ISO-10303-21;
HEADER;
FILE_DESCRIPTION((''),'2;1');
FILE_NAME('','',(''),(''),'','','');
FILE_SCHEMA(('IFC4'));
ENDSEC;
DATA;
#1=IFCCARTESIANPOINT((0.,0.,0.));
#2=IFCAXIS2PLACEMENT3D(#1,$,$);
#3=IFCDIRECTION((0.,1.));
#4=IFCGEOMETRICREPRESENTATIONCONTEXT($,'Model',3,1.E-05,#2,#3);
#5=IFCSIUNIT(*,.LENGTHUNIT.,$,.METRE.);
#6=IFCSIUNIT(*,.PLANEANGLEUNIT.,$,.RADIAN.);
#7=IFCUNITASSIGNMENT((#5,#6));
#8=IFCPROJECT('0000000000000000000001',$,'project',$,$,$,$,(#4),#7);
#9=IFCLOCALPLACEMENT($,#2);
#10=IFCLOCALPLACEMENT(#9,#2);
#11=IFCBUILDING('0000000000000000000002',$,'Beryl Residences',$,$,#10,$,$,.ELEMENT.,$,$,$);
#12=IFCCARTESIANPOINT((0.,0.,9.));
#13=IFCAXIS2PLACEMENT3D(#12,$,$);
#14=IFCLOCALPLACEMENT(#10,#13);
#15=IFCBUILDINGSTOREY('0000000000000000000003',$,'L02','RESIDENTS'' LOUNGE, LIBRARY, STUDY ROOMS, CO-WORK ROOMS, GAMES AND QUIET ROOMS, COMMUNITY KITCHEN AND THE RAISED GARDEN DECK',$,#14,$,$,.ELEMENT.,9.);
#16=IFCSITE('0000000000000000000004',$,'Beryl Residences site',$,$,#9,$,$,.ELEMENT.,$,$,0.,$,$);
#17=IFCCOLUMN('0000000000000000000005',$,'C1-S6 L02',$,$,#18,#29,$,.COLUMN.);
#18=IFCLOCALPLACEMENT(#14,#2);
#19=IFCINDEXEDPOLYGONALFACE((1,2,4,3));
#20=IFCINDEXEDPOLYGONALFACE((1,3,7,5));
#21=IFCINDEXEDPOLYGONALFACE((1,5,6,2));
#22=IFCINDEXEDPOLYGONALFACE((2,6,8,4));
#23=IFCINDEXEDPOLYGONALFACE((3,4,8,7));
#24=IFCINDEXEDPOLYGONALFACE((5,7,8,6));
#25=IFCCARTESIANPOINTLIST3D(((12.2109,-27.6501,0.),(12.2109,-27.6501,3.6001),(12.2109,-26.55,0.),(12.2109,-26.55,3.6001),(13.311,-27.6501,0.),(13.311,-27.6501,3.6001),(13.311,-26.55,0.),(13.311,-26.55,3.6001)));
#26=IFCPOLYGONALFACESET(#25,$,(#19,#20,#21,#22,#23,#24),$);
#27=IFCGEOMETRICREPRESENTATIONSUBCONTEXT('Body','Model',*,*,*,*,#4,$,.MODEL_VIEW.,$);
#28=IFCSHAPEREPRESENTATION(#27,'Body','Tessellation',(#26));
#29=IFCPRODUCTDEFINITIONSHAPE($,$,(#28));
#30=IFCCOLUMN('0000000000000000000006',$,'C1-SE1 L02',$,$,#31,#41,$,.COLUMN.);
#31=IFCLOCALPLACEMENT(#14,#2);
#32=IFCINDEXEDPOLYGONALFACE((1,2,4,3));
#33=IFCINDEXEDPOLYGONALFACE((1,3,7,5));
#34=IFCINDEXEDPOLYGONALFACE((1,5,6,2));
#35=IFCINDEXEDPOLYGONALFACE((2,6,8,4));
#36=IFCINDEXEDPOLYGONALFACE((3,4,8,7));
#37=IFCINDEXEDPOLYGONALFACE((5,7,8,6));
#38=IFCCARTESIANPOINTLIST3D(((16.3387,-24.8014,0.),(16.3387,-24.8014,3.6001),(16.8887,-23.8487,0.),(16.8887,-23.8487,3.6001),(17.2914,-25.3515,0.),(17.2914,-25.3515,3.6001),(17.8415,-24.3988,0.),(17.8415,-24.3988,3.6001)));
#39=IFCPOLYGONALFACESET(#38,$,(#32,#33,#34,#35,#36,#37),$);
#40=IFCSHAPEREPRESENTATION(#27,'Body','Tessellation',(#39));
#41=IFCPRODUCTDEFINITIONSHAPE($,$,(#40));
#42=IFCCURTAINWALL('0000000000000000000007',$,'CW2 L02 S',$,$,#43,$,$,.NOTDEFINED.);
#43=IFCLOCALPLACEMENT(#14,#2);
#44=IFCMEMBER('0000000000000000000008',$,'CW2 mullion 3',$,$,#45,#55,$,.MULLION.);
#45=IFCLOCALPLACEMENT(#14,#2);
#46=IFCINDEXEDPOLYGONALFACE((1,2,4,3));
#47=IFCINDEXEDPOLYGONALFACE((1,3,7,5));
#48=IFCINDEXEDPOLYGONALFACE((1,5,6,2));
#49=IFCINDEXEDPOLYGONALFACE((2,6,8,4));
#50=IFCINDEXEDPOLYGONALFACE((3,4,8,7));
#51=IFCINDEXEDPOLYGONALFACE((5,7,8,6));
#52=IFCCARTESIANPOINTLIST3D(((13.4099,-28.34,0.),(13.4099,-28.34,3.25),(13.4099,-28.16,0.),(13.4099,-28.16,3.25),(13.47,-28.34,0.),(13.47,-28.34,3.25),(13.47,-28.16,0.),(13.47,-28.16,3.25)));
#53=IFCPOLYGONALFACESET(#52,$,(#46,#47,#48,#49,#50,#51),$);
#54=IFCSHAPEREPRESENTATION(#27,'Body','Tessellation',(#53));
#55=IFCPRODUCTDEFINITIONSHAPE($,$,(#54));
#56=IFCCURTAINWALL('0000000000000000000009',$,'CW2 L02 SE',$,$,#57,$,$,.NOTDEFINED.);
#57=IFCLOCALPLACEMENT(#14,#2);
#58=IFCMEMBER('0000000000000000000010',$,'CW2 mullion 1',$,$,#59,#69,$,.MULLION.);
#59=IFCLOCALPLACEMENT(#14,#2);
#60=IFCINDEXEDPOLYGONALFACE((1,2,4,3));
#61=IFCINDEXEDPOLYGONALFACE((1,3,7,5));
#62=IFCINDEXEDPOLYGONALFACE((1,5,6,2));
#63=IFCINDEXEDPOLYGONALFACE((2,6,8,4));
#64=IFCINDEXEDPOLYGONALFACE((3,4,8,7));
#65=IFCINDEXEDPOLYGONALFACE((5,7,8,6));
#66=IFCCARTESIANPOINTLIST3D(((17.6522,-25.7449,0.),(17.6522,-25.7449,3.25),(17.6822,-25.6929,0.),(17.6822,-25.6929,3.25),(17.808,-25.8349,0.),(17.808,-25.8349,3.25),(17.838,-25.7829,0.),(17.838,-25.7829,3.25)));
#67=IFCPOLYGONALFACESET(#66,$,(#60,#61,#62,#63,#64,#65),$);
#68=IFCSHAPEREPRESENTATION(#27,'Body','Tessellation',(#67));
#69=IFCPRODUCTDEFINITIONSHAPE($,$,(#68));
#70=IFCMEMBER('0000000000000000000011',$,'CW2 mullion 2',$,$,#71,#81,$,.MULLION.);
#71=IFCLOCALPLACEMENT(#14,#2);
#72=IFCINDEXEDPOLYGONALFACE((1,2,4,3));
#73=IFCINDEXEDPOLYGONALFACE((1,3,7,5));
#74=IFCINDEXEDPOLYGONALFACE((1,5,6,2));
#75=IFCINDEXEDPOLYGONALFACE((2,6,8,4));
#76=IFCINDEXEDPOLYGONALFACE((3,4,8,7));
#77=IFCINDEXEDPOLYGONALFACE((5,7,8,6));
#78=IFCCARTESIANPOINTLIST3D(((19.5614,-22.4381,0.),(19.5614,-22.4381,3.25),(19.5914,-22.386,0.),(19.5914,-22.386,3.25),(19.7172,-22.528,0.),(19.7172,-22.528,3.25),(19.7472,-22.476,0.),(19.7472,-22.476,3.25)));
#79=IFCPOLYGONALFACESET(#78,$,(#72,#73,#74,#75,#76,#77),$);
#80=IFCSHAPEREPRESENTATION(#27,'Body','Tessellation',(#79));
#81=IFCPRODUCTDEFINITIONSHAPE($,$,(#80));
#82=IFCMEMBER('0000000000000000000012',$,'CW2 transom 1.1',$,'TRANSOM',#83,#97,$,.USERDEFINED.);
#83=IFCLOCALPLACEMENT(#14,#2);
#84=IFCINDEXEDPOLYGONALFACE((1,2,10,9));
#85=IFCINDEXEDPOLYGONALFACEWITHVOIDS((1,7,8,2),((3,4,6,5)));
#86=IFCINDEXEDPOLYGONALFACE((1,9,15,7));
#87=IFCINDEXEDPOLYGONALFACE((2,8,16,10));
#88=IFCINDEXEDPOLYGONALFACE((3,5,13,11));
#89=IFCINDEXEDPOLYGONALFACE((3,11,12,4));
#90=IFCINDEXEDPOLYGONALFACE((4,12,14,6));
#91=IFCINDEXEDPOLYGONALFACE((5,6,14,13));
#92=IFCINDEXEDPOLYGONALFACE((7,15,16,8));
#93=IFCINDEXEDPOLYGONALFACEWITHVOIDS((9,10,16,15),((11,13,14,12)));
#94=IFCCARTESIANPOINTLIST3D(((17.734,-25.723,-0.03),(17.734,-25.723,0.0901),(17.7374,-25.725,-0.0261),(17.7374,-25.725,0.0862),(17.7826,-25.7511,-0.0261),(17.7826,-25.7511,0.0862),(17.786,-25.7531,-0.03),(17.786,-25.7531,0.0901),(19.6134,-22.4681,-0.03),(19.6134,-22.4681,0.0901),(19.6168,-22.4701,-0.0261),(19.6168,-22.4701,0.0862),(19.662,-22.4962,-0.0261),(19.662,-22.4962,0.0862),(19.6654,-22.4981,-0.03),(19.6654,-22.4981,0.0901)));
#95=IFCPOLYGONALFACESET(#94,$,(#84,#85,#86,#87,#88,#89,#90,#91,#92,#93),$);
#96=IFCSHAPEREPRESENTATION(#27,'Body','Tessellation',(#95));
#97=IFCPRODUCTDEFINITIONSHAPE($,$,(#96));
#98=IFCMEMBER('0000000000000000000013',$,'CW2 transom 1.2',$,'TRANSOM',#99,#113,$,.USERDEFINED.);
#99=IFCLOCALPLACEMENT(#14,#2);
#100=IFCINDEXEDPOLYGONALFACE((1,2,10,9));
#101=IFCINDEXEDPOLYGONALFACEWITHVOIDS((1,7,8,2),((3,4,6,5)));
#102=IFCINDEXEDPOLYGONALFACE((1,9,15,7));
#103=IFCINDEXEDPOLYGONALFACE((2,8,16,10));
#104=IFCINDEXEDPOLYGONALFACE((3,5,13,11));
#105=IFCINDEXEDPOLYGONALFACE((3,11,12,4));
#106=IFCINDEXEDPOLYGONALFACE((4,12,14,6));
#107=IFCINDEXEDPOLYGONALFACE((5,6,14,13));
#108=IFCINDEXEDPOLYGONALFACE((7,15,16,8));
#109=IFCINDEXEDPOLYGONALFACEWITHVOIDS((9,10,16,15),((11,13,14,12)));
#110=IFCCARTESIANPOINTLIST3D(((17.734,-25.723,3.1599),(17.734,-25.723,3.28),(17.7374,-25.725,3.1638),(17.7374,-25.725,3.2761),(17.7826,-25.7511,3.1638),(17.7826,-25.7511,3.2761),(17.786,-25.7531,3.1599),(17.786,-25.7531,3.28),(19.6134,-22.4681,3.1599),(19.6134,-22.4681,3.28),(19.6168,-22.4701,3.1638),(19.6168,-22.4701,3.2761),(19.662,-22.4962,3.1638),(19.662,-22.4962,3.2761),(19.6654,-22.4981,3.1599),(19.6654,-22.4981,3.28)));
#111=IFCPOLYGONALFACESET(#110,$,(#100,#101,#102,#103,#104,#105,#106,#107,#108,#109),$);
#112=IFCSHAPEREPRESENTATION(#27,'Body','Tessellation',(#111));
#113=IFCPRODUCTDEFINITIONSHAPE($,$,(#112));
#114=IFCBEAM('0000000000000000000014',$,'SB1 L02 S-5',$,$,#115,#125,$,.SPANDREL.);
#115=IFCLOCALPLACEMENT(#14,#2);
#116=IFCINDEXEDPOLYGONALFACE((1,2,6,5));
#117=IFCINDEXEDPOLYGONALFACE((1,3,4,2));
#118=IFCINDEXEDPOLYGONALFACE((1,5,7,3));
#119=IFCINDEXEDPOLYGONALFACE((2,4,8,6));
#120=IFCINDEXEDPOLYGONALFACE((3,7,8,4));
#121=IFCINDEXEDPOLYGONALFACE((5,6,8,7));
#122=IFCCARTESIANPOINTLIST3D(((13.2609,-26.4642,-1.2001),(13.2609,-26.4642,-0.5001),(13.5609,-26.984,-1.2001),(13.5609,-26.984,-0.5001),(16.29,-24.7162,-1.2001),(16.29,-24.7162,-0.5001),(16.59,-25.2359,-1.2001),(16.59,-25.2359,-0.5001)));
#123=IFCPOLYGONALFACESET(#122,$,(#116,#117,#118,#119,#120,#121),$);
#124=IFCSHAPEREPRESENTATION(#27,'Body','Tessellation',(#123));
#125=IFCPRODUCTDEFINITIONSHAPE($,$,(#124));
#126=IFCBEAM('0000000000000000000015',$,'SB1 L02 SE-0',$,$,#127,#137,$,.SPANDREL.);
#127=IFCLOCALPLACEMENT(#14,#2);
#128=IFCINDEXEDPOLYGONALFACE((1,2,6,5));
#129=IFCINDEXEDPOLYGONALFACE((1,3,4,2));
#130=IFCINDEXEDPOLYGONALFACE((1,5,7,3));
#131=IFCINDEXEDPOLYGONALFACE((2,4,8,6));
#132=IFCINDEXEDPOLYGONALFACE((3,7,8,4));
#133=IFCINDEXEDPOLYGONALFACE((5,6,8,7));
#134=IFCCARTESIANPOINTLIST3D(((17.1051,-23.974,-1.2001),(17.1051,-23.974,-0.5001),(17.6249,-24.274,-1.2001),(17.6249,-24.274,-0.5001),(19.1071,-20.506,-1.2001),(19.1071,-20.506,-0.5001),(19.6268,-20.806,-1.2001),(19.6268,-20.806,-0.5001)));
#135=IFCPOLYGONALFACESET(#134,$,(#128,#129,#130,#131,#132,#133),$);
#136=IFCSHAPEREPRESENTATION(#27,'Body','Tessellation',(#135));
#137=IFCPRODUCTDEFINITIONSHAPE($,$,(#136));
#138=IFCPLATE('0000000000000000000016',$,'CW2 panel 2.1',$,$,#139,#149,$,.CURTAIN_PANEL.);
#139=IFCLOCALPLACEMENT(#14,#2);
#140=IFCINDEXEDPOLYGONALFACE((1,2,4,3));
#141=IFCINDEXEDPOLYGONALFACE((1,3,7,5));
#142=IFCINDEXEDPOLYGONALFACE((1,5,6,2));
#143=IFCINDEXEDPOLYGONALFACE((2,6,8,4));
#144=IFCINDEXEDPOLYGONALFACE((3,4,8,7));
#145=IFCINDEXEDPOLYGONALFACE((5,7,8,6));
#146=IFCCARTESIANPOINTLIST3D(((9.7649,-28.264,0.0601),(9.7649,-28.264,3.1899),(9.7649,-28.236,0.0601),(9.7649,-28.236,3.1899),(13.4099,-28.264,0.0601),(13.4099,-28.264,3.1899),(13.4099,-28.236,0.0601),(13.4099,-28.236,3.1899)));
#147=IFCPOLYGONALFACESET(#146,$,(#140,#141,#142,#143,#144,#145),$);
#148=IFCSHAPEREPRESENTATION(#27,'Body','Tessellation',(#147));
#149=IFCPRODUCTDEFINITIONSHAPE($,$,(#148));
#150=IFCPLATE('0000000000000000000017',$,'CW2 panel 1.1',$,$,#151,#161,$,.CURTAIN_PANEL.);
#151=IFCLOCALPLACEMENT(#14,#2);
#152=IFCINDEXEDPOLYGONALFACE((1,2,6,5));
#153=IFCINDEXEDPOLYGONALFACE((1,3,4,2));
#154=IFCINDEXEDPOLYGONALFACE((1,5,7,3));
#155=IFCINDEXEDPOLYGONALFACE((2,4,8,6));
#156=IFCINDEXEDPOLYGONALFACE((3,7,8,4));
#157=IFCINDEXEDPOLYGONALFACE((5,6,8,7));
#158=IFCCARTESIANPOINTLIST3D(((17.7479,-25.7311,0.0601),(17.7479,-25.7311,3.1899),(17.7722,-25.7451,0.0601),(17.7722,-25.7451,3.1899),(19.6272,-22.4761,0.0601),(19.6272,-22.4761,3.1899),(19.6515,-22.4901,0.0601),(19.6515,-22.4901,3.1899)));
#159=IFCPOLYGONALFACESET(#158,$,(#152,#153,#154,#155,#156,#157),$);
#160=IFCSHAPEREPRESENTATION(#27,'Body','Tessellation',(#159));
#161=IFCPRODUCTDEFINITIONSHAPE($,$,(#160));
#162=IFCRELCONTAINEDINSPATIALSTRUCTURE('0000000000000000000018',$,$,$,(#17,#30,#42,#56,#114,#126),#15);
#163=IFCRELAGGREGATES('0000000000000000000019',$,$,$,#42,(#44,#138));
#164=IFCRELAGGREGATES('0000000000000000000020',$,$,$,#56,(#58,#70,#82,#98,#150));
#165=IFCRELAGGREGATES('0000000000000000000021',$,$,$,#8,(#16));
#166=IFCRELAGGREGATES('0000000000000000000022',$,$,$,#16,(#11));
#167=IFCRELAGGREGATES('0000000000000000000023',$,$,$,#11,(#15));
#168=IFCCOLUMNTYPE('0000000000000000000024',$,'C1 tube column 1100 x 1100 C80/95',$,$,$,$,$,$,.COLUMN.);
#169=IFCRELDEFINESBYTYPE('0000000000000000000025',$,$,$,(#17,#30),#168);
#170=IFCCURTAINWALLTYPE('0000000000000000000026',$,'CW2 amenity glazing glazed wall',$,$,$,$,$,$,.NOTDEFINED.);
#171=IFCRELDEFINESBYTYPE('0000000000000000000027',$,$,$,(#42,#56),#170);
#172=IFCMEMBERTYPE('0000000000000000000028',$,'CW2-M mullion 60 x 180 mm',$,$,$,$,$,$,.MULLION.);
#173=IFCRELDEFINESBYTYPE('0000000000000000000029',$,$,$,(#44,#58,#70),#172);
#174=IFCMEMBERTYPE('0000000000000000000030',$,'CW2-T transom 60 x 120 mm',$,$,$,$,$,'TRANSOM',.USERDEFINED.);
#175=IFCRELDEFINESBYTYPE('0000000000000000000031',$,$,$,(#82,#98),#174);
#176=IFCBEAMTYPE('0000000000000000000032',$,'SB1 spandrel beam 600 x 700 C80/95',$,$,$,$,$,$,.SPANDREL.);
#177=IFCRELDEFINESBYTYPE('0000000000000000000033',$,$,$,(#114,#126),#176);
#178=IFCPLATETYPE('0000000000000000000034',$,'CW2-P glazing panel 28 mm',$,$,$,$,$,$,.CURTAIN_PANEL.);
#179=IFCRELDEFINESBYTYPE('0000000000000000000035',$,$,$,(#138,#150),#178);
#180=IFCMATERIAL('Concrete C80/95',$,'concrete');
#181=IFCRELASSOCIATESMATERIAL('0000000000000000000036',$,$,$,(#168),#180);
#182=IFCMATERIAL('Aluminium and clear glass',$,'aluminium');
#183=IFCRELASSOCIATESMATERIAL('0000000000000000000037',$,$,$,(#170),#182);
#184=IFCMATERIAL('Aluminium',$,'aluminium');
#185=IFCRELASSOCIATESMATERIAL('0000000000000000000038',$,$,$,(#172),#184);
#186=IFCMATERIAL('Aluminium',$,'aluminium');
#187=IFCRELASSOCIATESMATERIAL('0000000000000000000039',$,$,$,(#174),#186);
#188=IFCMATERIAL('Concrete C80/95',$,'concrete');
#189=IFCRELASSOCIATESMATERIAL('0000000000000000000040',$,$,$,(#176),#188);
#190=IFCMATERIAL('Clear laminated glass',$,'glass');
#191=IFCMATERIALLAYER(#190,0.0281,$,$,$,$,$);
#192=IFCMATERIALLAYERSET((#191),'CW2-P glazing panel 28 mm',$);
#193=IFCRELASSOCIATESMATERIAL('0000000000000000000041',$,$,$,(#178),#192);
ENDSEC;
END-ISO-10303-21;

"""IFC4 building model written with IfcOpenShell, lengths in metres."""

from ifc_helpers import new_model, si_unit, direction, frame, origin, origin_2d, place, context, subcontext, project, spatial, rectangle, hollow_rectangle, extrude, material, layer, layer_set, material_profile, profile_set, type_object, element, aggregate, save


model = new_model("IFC4")

# Units and contexts
model_context = context("Model", 3, precision=1e-05, world=origin(), true_north=direction((0.0, 1.0)))
body_context = subcontext(model_context, "Body", "Model", "MODEL_VIEW")
ifc_project = project(units=[si_unit("LENGTHUNIT", "METRE"), si_unit("PLANEANGLEUNIT", "RADIAN")], contexts=[model_context])

# Site, building, storey
site_placement = place(None, origin())
site = spatial("IfcSite", under=ifc_project, at=site_placement, Name="Beryl Residences site", CompositionType="ELEMENT", RefElevation=0.0)
building_placement = place(site_placement, origin())
building = spatial("IfcBuilding", under=site, at=building_placement, Name="Beryl Residences", CompositionType="ELEMENT")
storey_placement = place(building_placement, frame((0.0, 0.0, 9.0)))
storey = spatial("IfcBuildingStorey", under=building, at=storey_placement, Name="L02", Description="RESIDENTS' LOUNGE, LIBRARY, STUDY ROOMS, CO-WORK ROOMS, GAMES AND QUIET ROOMS, COMMUNITY KITCHEN AND THE RAISED GARDEN DECK", CompositionType="ELEMENT", Elevation=9.0)

# Columns
ifc_material_1 = material(Name="Concrete C80/95", Category="concrete")
ifc_material_profile_1 = material_profile(ifc_material_1, rectangle(XDim=1.1001, YDim=1.1001, at=origin_2d()))
ifc_profile_set_1 = profile_set([ifc_material_profile_1], Name="Concrete C80/95")
column_type = type_object("IfcColumnType", Name="C1 tube column 1100 x 1100 C80/95", PredefinedType="COLUMN", material=ifc_profile_set_1)
for number, where, z_axis, x_axis, name in (
    (1, (12.761, -27.1001, 0.0), (0.0, 0.0, 1.0), (1.0, 0.0, 0.0), "C1-S6 L02"),
    (2, (17.0901, -24.6001, 0.0), (0.0, 0.0, 1.0), (0.499985, 0.866034, 0.0), "C1-SE1 L02"),
):
    element("IfcColumn", number, at=place(storey_placement, frame(where, z_axis=z_axis, x_axis=x_axis)), inside=storey, type_object=column_type, Name=name, PredefinedType="COLUMN", context=body_context, shape_type="SweptSolid", body=[
        extrude(rectangle(XDim=1.1001, YDim=1.1001, at=origin_2d()), origin(), (0.0, 0.0, 1.0), 3.6001),
    ])

# Curtain wall, member
ifc_material_2 = material(Name="Aluminium and clear glass", Category="aluminium")
curtain_wall_type = type_object("IfcCurtainWallType", Name="CW2 amenity glazing glazed wall", PredefinedType="NOTDEFINED", material=ifc_material_2)
curtain_wall_1_placement = place(storey_placement, origin())
curtain_wall_1 = element("IfcCurtainWall", 3, at=curtain_wall_1_placement, inside=storey, type_object=curtain_wall_type, Name="CW2 L02 S", PredefinedType="NOTDEFINED")
ifc_material_3 = material(Name="Aluminium", Category="aluminium")
ifc_material_profile_2 = material_profile(ifc_material_3, rectangle(XDim=0.0601, YDim=0.1799, at=origin_2d()))
ifc_profile_set_2 = profile_set([ifc_material_profile_2], Name="Aluminium")
member_type_1 = type_object("IfcMemberType", Name="CW2-M mullion 60 x 180 mm", PredefinedType="MULLION", material=ifc_profile_set_2)
member_1_placement = place(storey_placement, frame((13.4399, -28.25, 0.0), z_axis=(0.0, 0.0, 1.0), x_axis=(1.0, 0.0, 0.0)))
member_1 = element("IfcMember", 4, at=member_1_placement, type_object=member_type_1, Name="CW2 mullion 3", PredefinedType="MULLION", context=body_context, shape_type="SweptSolid", body=[
    extrude(rectangle(XDim=0.0601, YDim=0.1799, at=origin_2d()), origin(), (0.0, 0.0, 1.0), 3.25),
])

# Curtain wall, members
curtain_wall_2_placement = place(storey_placement, origin())
curtain_wall_2 = element("IfcCurtainWall", 5, at=curtain_wall_2_placement, inside=storey, type_object=curtain_wall_type, Name="CW2 L02 SE", PredefinedType="NOTDEFINED")
member_2_placement = place(storey_placement, frame((17.7451, -25.7639, 0.0), z_axis=(0.0, 0.0, 1.0), x_axis=(0.500012, 0.866019, 0.0)))
member_2 = element("IfcMember", 6, at=member_2_placement, type_object=member_type_1, Name="CW2 mullion 1", PredefinedType="MULLION", context=body_context, shape_type="SweptSolid", body=[
    extrude(rectangle(XDim=0.0601, YDim=0.1799, at=origin_2d()), origin(), (0.0, 0.0, 1.0), 3.25),
])
member_3_placement = place(storey_placement, frame((19.6543, -22.457, 0.0), z_axis=(0.0, 0.0, 1.0), x_axis=(0.500012, 0.866019, 0.0)))
member_3 = element("IfcMember", 7, at=member_3_placement, type_object=member_type_1, Name="CW2 mullion 2", PredefinedType="MULLION", context=body_context, shape_type="SweptSolid", body=[
    extrude(rectangle(XDim=0.0601, YDim=0.1799, at=origin_2d()), origin(), (0.0, 0.0, 1.0), 3.25),
])
ifc_material_4 = material(Name="Aluminium", Category="aluminium")
ifc_material_profile_3 = material_profile(ifc_material_4, hollow_rectangle(XDim=0.0601, YDim=0.1201, WallThickness=0.0039, at=origin_2d()))
ifc_profile_set_3 = profile_set([ifc_material_profile_3], Name="Aluminium")
member_type_2 = type_object("IfcMemberType", Name="CW2-T transom 60 x 120 mm", ElementType="TRANSOM", PredefinedType="USERDEFINED", material=ifc_profile_set_3)
member_4_placement = place(storey_placement, frame((17.76, -25.738, 0.03), z_axis=(0.500037, 0.866004, 0.0), x_axis=(-0.866004, 0.500037, 0.0)))
member_4 = element("IfcMember", 8, at=member_4_placement, type_object=member_type_2, Name="CW2 transom 1.1", ObjectType="TRANSOM", PredefinedType="USERDEFINED", context=body_context, shape_type="SweptSolid", body=[
    extrude(hollow_rectangle(XDim=0.0601, YDim=0.1201, WallThickness=0.0039, at=origin_2d()), origin(), (0.0, 0.0, 1.0), 3.7585),
])
member_5_placement = place(storey_placement, frame((17.76, -25.738, 3.22), z_axis=(0.500037, 0.866004, 0.0), x_axis=(-0.866004, 0.500037, 0.0)))
member_5 = element("IfcMember", 9, at=member_5_placement, type_object=member_type_2, Name="CW2 transom 1.2", ObjectType="TRANSOM", PredefinedType="USERDEFINED", context=body_context, shape_type="SweptSolid", body=[
    extrude(hollow_rectangle(XDim=0.0601, YDim=0.1201, WallThickness=0.0039, at=origin_2d()), origin(), (0.0, 0.0, 1.0), 3.7585),
])

# Beams
ifc_material_5 = material(Name="Concrete C80/95", Category="concrete")
ifc_material_profile_4 = material_profile(ifc_material_5, rectangle(XDim=0.6001, YDim=0.7, at=origin_2d()))
ifc_profile_set_4 = profile_set([ifc_material_profile_4], Name="Concrete C80/95")
beam_type = type_object("IfcBeamType", Name="SB1 spandrel beam 600 x 700 C80/95", PredefinedType="SPANDREL", material=ifc_profile_set_4)
beam_1_placement = place(storey_placement, frame((13.4109, -26.7241, -0.8501), z_axis=(0.866122, 0.499833, 0.0), x_axis=(-0.499833, 0.866122, 0.0)))
element("IfcBeam", 10, at=beam_1_placement, inside=storey, type_object=beam_type, Name="SB1 L02 S-5", PredefinedType="SPANDREL", context=body_context, shape_type="SweptSolid", body=[
    extrude(rectangle(XDim=0.6001, YDim=0.7, at=origin_2d()), origin(), (0.0, 0.0, 1.0), 3.4973),
])
beam_2_placement = place(storey_placement, frame((17.365, -24.124, -0.8501), z_axis=(0.499942, 0.866059, 0.0), x_axis=(-0.866059, 0.499942, 0.0)))
element("IfcBeam", 11, at=beam_2_placement, inside=storey, type_object=beam_type, Name="SB1 L02 SE-0", PredefinedType="SPANDREL", context=body_context, shape_type="SweptSolid", body=[
    extrude(rectangle(XDim=0.6001, YDim=0.7, at=origin_2d()), origin(), (0.0, 0.0, 1.0), 4.0044),
])

# Plates
ifc_material_6 = material(Name="Clear laminated glass", Category="glass")
ifc_layer_1 = layer(ifc_material_6, 0.0281)
ifc_layer_set_1 = layer_set([ifc_layer_1], Name="CW2-P glazing panel 28 mm")
plate_type = type_object("IfcPlateType", Name="CW2-P glazing panel 28 mm", PredefinedType="CURTAIN_PANEL", material=ifc_layer_set_1)
plate_1_placement = place(storey_placement, frame((11.5874, -28.25, 0.0601), z_axis=(0.0, 0.0, 1.0), x_axis=(1.0, 0.0, 0.0)))
plate_1 = element("IfcPlate", 12, at=plate_1_placement, type_object=plate_type, Name="CW2 panel 2.1", PredefinedType="CURTAIN_PANEL", context=body_context, shape_type="SweptSolid", body=[
    extrude(rectangle(XDim=3.645, YDim=0.0281, at=origin_2d()), origin(), (0.0, 0.0, 1.0), 3.1299),
])
aggregate(curtain_wall_1, [member_1, plate_1])
plate_2_placement = place(storey_placement, frame((18.6997, -24.1106, 0.0601), z_axis=(0.0, 0.0, 1.0), x_axis=(0.500012, 0.866019, 0.0)))
plate_2 = element("IfcPlate", 13, at=plate_2_placement, type_object=plate_type, Name="CW2 panel 1.1", PredefinedType="CURTAIN_PANEL", context=body_context, shape_type="SweptSolid", body=[
    extrude(rectangle(XDim=3.7585, YDim=0.0281, at=origin_2d()), origin(), (0.0, 0.0, 1.0), 3.1299),
])
aggregate(curtain_wall_2, [member_2, member_3, member_4, member_5, plate_2])

save(model, "model.ifc")
